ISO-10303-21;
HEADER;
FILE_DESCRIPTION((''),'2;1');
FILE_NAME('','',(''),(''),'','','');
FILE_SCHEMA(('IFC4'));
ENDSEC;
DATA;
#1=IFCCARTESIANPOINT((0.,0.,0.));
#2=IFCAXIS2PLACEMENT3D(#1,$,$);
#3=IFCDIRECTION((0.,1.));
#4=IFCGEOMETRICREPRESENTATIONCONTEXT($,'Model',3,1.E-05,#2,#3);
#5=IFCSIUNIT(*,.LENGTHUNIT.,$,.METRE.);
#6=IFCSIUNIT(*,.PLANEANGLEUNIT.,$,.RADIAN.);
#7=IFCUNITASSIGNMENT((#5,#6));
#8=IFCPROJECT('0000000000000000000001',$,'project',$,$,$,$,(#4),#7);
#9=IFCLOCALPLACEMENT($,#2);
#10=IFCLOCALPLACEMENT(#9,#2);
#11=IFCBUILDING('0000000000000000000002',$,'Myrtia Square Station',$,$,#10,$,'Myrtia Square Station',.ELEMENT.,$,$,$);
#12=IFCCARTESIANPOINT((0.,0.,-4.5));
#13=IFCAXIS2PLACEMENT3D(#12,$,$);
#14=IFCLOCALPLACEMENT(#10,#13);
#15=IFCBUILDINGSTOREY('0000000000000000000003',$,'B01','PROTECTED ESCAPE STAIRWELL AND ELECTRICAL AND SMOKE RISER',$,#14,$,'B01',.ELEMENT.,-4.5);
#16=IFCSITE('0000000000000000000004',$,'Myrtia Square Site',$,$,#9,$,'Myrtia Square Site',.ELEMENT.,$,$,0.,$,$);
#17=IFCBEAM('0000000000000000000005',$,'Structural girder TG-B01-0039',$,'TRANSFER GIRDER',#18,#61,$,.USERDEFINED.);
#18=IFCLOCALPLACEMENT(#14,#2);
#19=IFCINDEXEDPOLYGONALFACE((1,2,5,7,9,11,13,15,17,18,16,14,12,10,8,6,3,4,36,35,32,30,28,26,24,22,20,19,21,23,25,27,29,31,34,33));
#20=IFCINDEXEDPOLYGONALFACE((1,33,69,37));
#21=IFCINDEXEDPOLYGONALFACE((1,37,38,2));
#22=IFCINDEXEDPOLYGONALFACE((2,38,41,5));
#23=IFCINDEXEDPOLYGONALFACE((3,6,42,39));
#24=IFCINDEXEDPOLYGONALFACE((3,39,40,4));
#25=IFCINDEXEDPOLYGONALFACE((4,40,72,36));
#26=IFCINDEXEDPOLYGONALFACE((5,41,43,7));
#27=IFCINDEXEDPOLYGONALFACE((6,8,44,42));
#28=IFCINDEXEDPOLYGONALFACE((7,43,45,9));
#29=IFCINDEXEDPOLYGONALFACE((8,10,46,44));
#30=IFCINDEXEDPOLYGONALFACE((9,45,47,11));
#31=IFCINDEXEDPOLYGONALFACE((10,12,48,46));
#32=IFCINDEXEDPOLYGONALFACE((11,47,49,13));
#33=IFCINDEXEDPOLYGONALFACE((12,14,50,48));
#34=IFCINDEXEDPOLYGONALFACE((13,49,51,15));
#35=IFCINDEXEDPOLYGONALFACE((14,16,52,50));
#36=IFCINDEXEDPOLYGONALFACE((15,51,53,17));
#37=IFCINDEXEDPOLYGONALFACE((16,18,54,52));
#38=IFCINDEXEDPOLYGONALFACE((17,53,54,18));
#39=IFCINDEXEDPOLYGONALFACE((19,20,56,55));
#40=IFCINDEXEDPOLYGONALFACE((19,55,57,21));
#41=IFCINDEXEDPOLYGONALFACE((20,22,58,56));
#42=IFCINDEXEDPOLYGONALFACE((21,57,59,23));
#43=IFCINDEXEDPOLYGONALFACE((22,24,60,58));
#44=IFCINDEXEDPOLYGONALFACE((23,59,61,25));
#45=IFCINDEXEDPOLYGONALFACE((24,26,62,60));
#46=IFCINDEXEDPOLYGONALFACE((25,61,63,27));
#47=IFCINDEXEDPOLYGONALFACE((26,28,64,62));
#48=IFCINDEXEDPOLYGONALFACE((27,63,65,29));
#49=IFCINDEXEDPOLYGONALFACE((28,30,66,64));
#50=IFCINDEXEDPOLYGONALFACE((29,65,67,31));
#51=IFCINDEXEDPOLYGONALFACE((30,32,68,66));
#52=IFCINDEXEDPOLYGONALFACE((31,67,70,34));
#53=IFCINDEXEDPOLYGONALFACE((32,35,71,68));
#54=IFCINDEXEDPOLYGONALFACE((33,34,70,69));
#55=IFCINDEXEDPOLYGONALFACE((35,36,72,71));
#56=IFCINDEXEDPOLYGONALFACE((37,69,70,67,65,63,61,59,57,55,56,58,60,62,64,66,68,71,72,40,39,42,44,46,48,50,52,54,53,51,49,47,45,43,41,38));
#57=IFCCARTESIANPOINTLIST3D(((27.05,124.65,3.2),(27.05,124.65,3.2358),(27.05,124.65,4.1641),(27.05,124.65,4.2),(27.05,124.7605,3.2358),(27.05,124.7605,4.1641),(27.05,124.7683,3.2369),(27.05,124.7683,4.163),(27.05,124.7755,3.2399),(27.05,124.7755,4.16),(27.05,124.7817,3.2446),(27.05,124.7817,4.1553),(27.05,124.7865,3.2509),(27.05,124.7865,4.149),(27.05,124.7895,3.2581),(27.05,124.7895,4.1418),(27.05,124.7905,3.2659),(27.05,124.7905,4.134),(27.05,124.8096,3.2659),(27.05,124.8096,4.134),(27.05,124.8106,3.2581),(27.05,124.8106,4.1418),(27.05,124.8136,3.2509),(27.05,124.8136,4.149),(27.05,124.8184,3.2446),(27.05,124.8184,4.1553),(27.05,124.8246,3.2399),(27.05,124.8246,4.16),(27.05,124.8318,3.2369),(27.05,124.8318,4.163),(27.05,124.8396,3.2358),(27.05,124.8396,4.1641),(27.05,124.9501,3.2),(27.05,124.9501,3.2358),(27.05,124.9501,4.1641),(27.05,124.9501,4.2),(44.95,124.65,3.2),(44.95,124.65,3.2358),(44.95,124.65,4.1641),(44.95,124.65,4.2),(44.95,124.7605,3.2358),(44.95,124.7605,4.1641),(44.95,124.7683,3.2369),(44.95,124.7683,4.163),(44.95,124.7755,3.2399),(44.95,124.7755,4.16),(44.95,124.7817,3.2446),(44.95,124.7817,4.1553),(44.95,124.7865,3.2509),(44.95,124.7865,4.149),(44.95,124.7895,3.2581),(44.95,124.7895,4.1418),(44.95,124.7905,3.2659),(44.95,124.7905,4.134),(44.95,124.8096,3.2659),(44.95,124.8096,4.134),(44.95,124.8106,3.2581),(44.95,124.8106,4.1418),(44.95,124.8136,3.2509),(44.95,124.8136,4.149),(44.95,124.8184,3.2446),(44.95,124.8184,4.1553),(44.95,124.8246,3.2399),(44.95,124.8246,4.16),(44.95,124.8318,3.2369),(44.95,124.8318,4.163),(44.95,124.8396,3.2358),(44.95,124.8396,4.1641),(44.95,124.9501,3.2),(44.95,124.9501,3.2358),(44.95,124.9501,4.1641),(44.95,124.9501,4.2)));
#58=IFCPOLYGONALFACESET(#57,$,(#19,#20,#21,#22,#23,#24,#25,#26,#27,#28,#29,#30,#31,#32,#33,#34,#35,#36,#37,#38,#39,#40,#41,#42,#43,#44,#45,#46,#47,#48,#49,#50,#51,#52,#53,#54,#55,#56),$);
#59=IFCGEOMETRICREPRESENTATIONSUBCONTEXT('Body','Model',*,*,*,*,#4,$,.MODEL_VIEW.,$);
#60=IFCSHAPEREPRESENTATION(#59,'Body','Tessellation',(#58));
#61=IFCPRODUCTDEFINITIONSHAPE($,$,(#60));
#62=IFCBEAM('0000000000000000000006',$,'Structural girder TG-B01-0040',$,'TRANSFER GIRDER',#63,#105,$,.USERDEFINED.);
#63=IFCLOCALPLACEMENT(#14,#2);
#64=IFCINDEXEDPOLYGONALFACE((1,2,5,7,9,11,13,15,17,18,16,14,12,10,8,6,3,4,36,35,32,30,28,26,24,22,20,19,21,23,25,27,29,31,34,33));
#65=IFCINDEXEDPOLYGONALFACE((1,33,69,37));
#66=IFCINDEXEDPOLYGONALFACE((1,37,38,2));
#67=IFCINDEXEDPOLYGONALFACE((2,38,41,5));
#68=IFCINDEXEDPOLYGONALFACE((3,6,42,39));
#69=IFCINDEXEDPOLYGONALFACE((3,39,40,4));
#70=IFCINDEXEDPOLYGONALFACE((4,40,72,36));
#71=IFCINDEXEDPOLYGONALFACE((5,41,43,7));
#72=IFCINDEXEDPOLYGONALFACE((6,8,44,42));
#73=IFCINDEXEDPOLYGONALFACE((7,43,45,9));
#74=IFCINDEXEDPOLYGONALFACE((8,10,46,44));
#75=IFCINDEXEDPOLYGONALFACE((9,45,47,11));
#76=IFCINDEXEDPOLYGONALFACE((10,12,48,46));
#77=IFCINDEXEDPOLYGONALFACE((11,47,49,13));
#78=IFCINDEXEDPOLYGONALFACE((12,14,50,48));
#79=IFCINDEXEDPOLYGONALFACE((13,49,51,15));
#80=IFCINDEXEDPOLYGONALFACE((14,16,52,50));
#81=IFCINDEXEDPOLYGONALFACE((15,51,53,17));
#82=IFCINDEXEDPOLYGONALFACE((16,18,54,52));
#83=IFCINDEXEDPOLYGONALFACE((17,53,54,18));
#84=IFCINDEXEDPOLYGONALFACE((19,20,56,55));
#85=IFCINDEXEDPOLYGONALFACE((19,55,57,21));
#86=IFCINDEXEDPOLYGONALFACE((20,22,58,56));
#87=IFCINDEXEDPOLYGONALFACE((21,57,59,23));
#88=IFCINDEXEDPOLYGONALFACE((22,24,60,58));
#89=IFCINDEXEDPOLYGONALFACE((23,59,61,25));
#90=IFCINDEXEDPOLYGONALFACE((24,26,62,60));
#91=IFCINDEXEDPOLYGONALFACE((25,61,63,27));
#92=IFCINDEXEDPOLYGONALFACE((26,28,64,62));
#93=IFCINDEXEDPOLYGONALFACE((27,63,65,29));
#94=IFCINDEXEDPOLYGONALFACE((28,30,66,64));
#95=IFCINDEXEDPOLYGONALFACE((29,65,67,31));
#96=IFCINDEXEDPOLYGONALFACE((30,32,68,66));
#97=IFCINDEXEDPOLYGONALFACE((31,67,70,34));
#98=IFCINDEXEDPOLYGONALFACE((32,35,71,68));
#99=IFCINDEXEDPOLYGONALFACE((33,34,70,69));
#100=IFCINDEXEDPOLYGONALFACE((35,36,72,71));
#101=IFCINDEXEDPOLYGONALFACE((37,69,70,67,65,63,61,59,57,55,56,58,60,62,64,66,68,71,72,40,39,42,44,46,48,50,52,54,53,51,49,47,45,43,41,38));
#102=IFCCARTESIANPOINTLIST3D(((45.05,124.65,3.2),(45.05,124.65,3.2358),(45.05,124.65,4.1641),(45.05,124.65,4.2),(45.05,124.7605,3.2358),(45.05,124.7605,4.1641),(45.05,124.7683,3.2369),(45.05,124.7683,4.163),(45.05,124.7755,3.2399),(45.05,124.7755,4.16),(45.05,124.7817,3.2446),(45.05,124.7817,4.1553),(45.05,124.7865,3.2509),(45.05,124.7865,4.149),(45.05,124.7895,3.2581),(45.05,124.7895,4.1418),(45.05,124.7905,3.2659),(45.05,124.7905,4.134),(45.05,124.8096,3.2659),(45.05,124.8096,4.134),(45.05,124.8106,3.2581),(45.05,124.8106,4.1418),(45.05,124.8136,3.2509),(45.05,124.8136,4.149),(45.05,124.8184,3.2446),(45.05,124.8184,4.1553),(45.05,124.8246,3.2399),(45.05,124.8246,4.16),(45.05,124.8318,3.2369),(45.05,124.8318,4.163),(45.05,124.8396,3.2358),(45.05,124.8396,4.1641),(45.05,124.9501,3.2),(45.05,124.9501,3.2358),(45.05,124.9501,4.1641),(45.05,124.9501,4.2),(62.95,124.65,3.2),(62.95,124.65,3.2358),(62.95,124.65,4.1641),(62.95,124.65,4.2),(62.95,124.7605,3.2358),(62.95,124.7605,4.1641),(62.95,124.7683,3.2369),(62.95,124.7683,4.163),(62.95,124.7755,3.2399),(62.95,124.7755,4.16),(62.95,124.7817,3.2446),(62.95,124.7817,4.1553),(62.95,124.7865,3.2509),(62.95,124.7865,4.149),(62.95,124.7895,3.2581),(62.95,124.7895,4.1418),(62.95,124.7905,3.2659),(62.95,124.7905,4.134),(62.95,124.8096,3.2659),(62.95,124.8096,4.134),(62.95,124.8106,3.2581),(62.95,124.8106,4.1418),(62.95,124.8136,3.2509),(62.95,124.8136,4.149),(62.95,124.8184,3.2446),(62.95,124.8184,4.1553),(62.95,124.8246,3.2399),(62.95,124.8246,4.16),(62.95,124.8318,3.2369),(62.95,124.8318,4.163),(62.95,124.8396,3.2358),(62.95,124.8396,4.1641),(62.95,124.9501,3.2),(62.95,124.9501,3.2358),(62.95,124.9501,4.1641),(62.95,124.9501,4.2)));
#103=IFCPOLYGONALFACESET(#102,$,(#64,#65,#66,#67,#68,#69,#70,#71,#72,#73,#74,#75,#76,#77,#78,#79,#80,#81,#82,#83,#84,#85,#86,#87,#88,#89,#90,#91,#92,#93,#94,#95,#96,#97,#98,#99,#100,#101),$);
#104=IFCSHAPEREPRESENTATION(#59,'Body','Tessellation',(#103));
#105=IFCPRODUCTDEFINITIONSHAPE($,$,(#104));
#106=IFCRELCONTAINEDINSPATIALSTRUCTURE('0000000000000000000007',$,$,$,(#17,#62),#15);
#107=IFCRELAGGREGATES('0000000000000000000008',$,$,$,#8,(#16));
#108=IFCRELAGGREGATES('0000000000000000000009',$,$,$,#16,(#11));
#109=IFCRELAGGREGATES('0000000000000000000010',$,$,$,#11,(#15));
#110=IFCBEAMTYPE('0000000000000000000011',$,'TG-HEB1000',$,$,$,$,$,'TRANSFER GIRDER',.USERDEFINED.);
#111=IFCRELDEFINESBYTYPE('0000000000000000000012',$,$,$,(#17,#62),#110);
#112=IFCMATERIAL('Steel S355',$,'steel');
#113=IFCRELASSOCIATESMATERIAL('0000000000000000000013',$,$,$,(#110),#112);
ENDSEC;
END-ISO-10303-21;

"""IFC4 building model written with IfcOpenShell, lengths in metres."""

from ifc_helpers import new_model, si_unit, direction, frame, origin, origin_2d, place, context, subcontext, project, spatial, i_section, extrude, material, material_profile, profile_set, type_object, element, save


model = new_model("IFC4")

# Units and contexts
model_context = context("Model", 3, precision=1e-05, world=origin(), true_north=direction((0.0, 1.0)))
body_context = subcontext(model_context, "Body", "Model", "MODEL_VIEW")
ifc_project = project(units=[si_unit("LENGTHUNIT", "METRE"), si_unit("PLANEANGLEUNIT", "RADIAN")], contexts=[model_context])

# Site, building, storey
site_placement = place(None, origin())
site = spatial("IfcSite", under=ifc_project, at=site_placement, Name="Myrtia Square Site", LongName="Myrtia Square Site", CompositionType="ELEMENT", RefElevation=0.0)
building_placement = place(site_placement, origin())
building = spatial("IfcBuilding", under=site, at=building_placement, Name="Myrtia Square Station", LongName="Myrtia Square Station", CompositionType="ELEMENT")
storey_placement = place(building_placement, frame((0.0, 0.0, -4.5)))
storey = spatial("IfcBuildingStorey", under=building, at=storey_placement, Name="B01", Description="PROTECTED ESCAPE STAIRWELL AND ELECTRICAL AND SMOKE RISER", LongName="B01", CompositionType="ELEMENT", Elevation=-4.5)

# Beams
ifc_material_1 = material(Name="Steel S355", Category="steel")
ifc_material_profile_1 = material_profile(ifc_material_1, i_section(OverallWidth=0.3, OverallDepth=1.0, WebThickness=0.019, FlangeThickness=0.0359, FilletRadius=0.03, at=origin_2d()), Name="HEB 1000")
ifc_profile_set_1 = profile_set([ifc_material_profile_1], Name="Steel S355")
beam_type_1 = type_object("IfcBeamType", Name="TG-HEB1000", ElementType="TRANSFER GIRDER", PredefinedType="USERDEFINED", material=ifc_profile_set_1)
for number, where, z_axis, x_axis, name in (
    (1, (27.05, 124.8, 3.7), (1.0, 0.0, 0.0), (0.0, 1.0, 0.0), "Structural girder TG-B01-0039"),
    (2, (45.05, 124.8, 3.7), (1.0, 0.0, 0.0), (0.0, 1.0, 0.0), "Structural girder TG-B01-0040"),
):
    element("IfcBeam", number, at=place(storey_placement, frame(where, z_axis=z_axis, x_axis=x_axis)), inside=storey, type_object=beam_type_1, Name=name, ObjectType="TRANSFER GIRDER", PredefinedType="USERDEFINED", context=body_context, shape_type="SweptSolid", body=[
        extrude(i_section(OverallWidth=0.3, OverallDepth=1.0, WebThickness=0.019, FlangeThickness=0.0359, FilletRadius=0.03, at=origin_2d()), origin(), (0.0, 0.0, 1.0), 17.8999),
    ])

save(model, "model.ifc")
